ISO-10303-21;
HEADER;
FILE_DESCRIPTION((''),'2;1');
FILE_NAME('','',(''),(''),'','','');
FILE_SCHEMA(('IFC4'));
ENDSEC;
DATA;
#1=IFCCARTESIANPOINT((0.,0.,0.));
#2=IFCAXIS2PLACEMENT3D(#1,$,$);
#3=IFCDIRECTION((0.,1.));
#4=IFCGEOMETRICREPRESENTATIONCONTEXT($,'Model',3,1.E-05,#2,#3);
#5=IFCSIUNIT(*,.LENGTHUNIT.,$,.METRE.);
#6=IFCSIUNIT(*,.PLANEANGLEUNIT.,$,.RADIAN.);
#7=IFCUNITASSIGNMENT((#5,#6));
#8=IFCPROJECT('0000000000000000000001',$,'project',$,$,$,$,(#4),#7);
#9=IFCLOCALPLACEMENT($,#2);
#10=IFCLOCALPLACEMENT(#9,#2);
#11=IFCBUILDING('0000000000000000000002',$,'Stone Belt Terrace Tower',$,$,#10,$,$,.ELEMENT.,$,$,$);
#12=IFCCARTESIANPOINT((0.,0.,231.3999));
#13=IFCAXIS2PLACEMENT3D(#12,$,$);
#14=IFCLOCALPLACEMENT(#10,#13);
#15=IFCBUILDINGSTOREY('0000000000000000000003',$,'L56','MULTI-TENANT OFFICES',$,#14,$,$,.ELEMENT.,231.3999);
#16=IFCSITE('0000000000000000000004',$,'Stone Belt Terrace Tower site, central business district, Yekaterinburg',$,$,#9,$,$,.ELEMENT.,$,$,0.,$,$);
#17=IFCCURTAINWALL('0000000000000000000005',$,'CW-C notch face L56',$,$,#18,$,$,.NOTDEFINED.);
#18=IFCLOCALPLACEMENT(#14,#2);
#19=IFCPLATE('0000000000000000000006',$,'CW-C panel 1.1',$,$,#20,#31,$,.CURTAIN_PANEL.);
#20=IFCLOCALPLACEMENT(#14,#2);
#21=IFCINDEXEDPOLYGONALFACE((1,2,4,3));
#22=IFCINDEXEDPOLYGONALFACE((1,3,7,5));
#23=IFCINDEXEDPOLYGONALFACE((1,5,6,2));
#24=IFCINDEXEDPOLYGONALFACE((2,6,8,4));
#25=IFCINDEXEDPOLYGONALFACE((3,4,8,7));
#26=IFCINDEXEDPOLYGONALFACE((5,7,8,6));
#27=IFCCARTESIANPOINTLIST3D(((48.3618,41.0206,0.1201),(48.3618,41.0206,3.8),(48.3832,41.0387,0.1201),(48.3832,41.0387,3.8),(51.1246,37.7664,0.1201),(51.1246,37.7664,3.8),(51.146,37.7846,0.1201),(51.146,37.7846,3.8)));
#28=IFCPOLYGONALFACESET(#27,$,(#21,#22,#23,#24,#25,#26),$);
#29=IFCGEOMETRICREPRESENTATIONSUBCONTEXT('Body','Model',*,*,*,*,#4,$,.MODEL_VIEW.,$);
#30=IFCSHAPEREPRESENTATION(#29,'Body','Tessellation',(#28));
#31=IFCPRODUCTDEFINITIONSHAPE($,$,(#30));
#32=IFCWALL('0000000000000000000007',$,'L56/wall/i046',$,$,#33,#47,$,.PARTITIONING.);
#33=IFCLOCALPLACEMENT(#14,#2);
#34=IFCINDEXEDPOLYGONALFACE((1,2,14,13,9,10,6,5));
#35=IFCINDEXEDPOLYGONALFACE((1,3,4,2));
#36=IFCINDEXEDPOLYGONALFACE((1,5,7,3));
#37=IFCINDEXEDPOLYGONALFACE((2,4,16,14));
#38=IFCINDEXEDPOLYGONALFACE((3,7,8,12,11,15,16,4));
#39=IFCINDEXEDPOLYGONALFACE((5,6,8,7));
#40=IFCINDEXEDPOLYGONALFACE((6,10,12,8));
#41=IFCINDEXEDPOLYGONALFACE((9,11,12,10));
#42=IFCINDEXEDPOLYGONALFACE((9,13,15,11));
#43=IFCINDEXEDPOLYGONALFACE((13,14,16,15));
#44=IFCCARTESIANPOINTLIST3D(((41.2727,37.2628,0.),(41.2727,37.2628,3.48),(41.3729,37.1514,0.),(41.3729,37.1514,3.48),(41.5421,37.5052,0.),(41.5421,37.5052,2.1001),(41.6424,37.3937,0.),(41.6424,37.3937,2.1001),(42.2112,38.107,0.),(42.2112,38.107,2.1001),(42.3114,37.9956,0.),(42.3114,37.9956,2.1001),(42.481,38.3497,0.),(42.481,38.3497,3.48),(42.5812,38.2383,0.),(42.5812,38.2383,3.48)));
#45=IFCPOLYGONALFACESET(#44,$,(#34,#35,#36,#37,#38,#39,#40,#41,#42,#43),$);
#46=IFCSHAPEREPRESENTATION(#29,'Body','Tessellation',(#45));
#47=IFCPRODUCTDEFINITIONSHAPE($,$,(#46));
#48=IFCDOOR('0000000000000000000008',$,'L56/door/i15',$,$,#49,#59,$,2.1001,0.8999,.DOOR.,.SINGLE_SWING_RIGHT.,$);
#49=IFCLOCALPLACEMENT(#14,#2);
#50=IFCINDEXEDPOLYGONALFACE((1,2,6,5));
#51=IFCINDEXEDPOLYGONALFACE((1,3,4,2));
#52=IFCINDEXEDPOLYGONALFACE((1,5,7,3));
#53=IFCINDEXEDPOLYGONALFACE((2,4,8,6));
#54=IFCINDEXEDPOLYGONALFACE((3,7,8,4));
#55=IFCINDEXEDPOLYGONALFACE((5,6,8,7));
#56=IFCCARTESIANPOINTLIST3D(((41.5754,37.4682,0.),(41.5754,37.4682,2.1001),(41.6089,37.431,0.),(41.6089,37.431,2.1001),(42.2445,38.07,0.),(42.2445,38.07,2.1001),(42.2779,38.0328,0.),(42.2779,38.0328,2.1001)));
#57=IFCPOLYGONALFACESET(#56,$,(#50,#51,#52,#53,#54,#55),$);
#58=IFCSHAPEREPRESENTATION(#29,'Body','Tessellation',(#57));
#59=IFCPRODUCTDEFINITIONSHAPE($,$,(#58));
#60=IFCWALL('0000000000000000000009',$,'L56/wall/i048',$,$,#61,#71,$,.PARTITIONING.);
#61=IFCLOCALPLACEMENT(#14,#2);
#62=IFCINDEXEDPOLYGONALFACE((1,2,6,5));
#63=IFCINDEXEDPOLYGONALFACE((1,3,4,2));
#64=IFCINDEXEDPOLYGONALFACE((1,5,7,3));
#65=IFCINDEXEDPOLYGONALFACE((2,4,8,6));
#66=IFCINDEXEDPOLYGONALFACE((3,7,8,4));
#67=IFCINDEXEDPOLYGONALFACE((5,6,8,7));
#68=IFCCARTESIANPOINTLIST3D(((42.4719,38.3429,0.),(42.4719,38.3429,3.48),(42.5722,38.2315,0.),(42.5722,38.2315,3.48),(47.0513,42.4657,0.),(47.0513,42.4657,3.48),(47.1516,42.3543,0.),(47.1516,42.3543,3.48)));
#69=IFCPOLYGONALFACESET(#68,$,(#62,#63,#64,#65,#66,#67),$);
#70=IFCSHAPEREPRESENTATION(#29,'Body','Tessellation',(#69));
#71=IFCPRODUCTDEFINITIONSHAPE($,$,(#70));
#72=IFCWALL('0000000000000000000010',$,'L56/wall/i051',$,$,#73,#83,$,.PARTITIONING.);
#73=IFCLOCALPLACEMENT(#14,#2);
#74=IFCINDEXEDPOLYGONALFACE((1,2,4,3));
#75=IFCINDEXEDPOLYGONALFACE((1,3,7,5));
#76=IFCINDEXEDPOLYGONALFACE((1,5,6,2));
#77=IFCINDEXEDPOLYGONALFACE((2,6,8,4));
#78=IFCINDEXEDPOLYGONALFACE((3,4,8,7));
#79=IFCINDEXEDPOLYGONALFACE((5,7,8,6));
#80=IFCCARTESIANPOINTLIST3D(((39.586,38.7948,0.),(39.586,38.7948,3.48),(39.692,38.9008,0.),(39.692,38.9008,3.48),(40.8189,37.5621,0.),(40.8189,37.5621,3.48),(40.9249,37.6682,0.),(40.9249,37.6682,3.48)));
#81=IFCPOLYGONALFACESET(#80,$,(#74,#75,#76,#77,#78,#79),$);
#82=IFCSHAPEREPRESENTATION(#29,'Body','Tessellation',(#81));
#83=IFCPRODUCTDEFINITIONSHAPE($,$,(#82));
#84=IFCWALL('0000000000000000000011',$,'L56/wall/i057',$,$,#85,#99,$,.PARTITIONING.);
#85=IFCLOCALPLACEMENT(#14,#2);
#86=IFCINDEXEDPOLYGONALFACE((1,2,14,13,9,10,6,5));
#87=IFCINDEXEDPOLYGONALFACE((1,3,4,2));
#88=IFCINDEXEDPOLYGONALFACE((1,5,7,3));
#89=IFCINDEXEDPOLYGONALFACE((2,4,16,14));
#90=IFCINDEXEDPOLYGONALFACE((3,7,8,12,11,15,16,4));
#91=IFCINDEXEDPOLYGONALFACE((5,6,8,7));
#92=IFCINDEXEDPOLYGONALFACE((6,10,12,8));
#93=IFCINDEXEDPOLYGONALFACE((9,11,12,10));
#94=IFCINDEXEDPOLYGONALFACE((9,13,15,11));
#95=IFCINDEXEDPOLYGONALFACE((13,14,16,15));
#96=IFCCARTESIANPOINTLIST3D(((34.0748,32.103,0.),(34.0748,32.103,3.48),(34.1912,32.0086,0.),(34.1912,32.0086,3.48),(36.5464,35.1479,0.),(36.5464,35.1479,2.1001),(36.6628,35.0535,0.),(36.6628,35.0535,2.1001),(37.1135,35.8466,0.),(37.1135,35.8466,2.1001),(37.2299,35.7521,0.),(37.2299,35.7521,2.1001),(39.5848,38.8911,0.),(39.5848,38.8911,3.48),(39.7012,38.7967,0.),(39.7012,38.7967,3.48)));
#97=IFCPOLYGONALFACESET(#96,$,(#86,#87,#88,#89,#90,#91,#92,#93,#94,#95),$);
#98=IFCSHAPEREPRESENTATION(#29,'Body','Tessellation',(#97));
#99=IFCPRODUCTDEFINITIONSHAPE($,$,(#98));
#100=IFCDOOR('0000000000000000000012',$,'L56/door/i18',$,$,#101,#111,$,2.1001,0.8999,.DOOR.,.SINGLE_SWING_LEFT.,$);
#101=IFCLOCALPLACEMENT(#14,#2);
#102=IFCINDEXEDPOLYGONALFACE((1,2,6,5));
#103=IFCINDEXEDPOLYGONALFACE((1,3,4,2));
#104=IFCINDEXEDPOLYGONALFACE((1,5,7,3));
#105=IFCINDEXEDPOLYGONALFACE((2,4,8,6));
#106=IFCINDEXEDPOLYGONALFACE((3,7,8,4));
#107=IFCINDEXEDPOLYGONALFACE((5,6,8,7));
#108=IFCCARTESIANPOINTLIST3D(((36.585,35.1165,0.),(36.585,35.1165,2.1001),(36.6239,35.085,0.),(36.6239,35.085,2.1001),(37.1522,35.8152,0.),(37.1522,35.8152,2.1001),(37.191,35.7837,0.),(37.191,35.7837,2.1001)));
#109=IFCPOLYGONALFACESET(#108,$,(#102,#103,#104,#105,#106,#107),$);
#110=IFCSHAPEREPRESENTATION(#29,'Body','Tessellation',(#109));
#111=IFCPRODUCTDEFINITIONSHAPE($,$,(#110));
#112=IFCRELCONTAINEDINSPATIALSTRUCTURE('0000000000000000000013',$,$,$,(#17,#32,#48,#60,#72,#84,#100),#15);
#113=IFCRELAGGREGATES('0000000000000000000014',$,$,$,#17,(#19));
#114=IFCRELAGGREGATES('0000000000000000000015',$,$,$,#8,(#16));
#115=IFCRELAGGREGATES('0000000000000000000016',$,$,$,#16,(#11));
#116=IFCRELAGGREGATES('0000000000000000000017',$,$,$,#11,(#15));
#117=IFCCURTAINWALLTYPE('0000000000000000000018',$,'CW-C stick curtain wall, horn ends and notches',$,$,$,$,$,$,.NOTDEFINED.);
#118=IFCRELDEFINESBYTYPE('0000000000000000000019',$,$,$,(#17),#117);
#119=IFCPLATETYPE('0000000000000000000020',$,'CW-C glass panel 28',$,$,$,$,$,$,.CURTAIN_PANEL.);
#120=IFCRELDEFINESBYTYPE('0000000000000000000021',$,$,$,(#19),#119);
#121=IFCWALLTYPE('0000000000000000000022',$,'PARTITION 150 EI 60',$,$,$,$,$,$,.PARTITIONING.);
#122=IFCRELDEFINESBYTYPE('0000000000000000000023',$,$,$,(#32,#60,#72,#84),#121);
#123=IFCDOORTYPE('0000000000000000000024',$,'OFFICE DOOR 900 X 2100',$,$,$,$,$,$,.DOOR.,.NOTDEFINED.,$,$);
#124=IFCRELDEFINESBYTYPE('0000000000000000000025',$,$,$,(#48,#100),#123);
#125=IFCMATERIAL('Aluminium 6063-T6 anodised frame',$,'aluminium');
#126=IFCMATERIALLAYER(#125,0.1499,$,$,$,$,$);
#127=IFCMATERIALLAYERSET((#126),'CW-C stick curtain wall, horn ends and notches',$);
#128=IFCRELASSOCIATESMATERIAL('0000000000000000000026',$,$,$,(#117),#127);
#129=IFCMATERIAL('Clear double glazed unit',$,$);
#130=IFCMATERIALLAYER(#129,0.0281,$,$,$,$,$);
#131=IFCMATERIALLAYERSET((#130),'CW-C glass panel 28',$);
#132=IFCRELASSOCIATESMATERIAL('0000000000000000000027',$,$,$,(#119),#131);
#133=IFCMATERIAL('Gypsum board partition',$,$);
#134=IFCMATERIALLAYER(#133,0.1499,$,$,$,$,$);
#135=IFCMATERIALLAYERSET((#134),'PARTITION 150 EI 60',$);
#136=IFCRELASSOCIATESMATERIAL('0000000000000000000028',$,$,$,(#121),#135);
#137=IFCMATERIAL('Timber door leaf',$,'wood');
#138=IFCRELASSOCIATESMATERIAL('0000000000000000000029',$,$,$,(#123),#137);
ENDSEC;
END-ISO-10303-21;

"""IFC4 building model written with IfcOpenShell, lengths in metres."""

from ifc_helpers import new_model, si_unit, direction, frame, frame_2d, origin, origin_2d, place, context, subcontext, project, spatial, rectangle, extrude, material, layer, layer_set, type_object, element, fill, aggregate, save


model = new_model("IFC4")

# Units and contexts
model_context = context("Model", 3, precision=1e-05, world=origin(), true_north=direction((0.0, 1.0)))
body_context = subcontext(model_context, "Body", "Model", "MODEL_VIEW")
ifc_project = project(units=[si_unit("LENGTHUNIT", "METRE"), si_unit("PLANEANGLEUNIT", "RADIAN")], contexts=[model_context])

# Site, building, storey
site_placement = place(None, origin())
site = spatial("IfcSite", under=ifc_project, at=site_placement, Name="Stone Belt Terrace Tower site, central business district, Yekaterinburg", CompositionType="ELEMENT", RefElevation=0.0)
building_placement = place(site_placement, origin())
building = spatial("IfcBuilding", under=site, at=building_placement, Name="Stone Belt Terrace Tower", CompositionType="ELEMENT")
storey_placement = place(building_placement, frame((0.0, 0.0, 231.3999)))
storey = spatial("IfcBuildingStorey", under=building, at=storey_placement, Name="L56", Description="MULTI-TENANT OFFICES", CompositionType="ELEMENT", Elevation=231.3999)

# Curtain wall
ifc_material_1 = material(Name="Aluminium 6063-T6 anodised frame", Category="aluminium")
ifc_layer_1 = layer(ifc_material_1, 0.1499)
ifc_layer_set_1 = layer_set([ifc_layer_1], Name="CW-C stick curtain wall, horn ends and notches")
curtain_wall_type = type_object("IfcCurtainWallType", Name="CW-C stick curtain wall, horn ends and notches", PredefinedType="NOTDEFINED", material=ifc_layer_set_1)
curtain_wall_1_placement = place(storey_placement, origin())
curtain_wall_1 = element("IfcCurtainWall", 1, at=curtain_wall_1_placement, inside=storey, type_object=curtain_wall_type, Name="CW-C notch face L56", PredefinedType="NOTDEFINED")

# Plate
ifc_material_2 = material(Name="Clear double glazed unit")
ifc_layer_2 = layer(ifc_material_2, 0.0281)
ifc_layer_set_2 = layer_set([ifc_layer_2], Name="CW-C glass panel 28")
plate_type = type_object("IfcPlateType", Name="CW-C glass panel 28", PredefinedType="CURTAIN_PANEL", material=ifc_layer_set_2)
plate_1_placement = place(storey_placement, frame((49.7539, 39.4026, 0.1201), z_axis=(0.0, 0.0, 1.0), x_axis=(-0.647211, 0.762311, 0.0)))
plate_1 = element("IfcPlate", 2, at=plate_1_placement, type_object=plate_type, Name="CW-C panel 1.1", PredefinedType="CURTAIN_PANEL", context=body_context, shape_type="SweptSolid", body=[
    extrude(rectangle(XDim=4.2688, YDim=0.0281, at=origin_2d()), origin(), (0.0, 0.0, 1.0), 3.6799),
])
aggregate(curtain_wall_1, [plate_1])

# Wall, opening, door
ifc_material_3 = material(Name="Gypsum board partition")
ifc_layer_3 = layer(ifc_material_3, 0.1499)
ifc_layer_set_3 = layer_set([ifc_layer_3], Name="PARTITION 150 EI 60")
wall_type = type_object("IfcWallType", Name="PARTITION 150 EI 60", PredefinedType="PARTITIONING", material=ifc_layer_set_3)
wall_1_placement = place(storey_placement, frame((42.531, 38.2939, 0.0), z_axis=(0.0, 0.0, 1.0), x_axis=(-0.743451, -0.66879, 0.0)))
wall_1 = element("IfcWall", 3, at=wall_1_placement, inside=storey, type_object=wall_type, Name="L56/wall/i046", PredefinedType="PARTITIONING", context=body_context, shape_type="SweptSolid", body=[
    extrude(rectangle(XDim=1.6252, YDim=0.1499, at=frame_2d((0.8125, 0.0))), origin(), (0.0, 0.0, 1.0), 3.48),
])
opening_1_placement = place(wall_1_placement, frame((0.3628, 0.0, 0.0)))
opening_1 = element("IfcOpeningElement", 4, at=opening_1_placement, cuts=wall_1, PredefinedType="OPENING", context=body_context, shape_type="SweptSolid", body=[
    extrude(rectangle(XDim=0.8999, YDim=2.1001, at=frame_2d((0.45, 1.05))), frame((0.0, 0.085, 0.0), z_axis=(0.0, -1.0, 0.0), x_axis=(1.0, 0.0, 0.0)), (0.0, 0.0, 1.0), 0.1699),
])
ifc_material_4 = material(Name="Timber door leaf", Category="wood")
door_type = type_object("IfcDoorType", Name="OFFICE DOOR 900 X 2100", OperationType="NOTDEFINED", PredefinedType="DOOR", material=ifc_material_4)
door_1_placement = place(opening_1_placement, origin())
door_1 = element("IfcDoor", 5, at=door_1_placement, inside=storey, type_object=door_type, Name="L56/door/i15", OperationType="SINGLE_SWING_RIGHT", OverallHeight=2.1001, OverallWidth=0.8999, PredefinedType="DOOR", context=body_context, shape_type="SweptSolid", body=[
    extrude(rectangle(XDim=0.8999, YDim=2.1001, at=frame_2d((0.45, 1.05))), frame((0.0, 0.0249, 0.0), z_axis=(0.0, -1.0, 0.0), x_axis=(1.0, 0.0, 0.0)), (0.0, 0.0, 1.0), 0.05),
])
fill(opening_1, door_1)

# Walls
wall_2_placement = place(storey_placement, frame((42.522, 38.2871, 0.0), z_axis=(0.0, 0.0, 1.0), x_axis=(0.743182, 0.669089, 0.0)))
element("IfcWall", 6, at=wall_2_placement, inside=storey, type_object=wall_type, Name="L56/wall/i048", PredefinedType="PARTITIONING", context=body_context, shape_type="SweptSolid", body=[
    extrude(rectangle(XDim=6.1619, YDim=0.1499, at=frame_2d((3.0811, 0.0))), origin(), (0.0, 0.0, 1.0), 3.48),
])
wall_3_placement = place(storey_placement, frame((40.8718, 37.6152, 0.0), z_axis=(0.0, 0.0, 1.0), x_axis=(-0.707177, 0.707037, 0.0)))
element("IfcWall", 7, at=wall_3_placement, inside=storey, type_object=wall_type, Name="L56/wall/i051", PredefinedType="PARTITIONING", context=body_context, shape_type="SweptSolid", body=[
    extrude(rectangle(XDim=1.7434, YDim=0.1499, at=frame_2d((0.8716, 0.0))), origin(), (0.0, 0.0, 1.0), 3.48),
])

# Wall, opening, door
wall_4_placement = place(storey_placement, frame((39.6431, 38.844, 0.0), z_axis=(0.0, 0.0, 1.0), x_axis=(-0.630227, -0.776411, 0.0)))
wall_4 = element("IfcWall", 8, at=wall_4_placement, inside=storey, type_object=wall_type, Name="L56/wall/i057", PredefinedType="PARTITIONING", context=body_context, shape_type="SweptSolid", body=[
    extrude(rectangle(XDim=8.7429, YDim=0.1499, at=frame_2d((4.3716, 0.0))), origin(), (0.0, 0.0, 1.0), 3.48),
])
opening_2_placement = place(wall_4_placement, frame((3.9214, 0.0, 0.0)))
opening_2 = element("IfcOpeningElement", 9, at=opening_2_placement, cuts=wall_4, PredefinedType="OPENING", context=body_context, shape_type="SweptSolid", body=[
    extrude(rectangle(XDim=0.8999, YDim=2.1001, at=frame_2d((0.45, 1.05))), frame((0.0, 0.085, 0.0), z_axis=(0.0, -1.0, 0.0), x_axis=(1.0, 0.0, 0.0)), (0.0, 0.0, 1.0), 0.1699),
])
door_2_placement = place(opening_2_placement, origin())
door_2 = element("IfcDoor", 10, at=door_2_placement, inside=storey, type_object=door_type, Name="L56/door/i18", OperationType="SINGLE_SWING_LEFT", OverallHeight=2.1001, OverallWidth=0.8999, PredefinedType="DOOR", context=body_context, shape_type="SweptSolid", body=[
    extrude(rectangle(XDim=0.8999, YDim=2.1001, at=frame_2d((0.45, 1.05))), frame((0.0, 0.0249, 0.0), z_axis=(0.0, -1.0, 0.0), x_axis=(1.0, 0.0, 0.0)), (0.0, 0.0, 1.0), 0.05),
])
fill(opening_2, door_2)

save(model, "model.ifc")
